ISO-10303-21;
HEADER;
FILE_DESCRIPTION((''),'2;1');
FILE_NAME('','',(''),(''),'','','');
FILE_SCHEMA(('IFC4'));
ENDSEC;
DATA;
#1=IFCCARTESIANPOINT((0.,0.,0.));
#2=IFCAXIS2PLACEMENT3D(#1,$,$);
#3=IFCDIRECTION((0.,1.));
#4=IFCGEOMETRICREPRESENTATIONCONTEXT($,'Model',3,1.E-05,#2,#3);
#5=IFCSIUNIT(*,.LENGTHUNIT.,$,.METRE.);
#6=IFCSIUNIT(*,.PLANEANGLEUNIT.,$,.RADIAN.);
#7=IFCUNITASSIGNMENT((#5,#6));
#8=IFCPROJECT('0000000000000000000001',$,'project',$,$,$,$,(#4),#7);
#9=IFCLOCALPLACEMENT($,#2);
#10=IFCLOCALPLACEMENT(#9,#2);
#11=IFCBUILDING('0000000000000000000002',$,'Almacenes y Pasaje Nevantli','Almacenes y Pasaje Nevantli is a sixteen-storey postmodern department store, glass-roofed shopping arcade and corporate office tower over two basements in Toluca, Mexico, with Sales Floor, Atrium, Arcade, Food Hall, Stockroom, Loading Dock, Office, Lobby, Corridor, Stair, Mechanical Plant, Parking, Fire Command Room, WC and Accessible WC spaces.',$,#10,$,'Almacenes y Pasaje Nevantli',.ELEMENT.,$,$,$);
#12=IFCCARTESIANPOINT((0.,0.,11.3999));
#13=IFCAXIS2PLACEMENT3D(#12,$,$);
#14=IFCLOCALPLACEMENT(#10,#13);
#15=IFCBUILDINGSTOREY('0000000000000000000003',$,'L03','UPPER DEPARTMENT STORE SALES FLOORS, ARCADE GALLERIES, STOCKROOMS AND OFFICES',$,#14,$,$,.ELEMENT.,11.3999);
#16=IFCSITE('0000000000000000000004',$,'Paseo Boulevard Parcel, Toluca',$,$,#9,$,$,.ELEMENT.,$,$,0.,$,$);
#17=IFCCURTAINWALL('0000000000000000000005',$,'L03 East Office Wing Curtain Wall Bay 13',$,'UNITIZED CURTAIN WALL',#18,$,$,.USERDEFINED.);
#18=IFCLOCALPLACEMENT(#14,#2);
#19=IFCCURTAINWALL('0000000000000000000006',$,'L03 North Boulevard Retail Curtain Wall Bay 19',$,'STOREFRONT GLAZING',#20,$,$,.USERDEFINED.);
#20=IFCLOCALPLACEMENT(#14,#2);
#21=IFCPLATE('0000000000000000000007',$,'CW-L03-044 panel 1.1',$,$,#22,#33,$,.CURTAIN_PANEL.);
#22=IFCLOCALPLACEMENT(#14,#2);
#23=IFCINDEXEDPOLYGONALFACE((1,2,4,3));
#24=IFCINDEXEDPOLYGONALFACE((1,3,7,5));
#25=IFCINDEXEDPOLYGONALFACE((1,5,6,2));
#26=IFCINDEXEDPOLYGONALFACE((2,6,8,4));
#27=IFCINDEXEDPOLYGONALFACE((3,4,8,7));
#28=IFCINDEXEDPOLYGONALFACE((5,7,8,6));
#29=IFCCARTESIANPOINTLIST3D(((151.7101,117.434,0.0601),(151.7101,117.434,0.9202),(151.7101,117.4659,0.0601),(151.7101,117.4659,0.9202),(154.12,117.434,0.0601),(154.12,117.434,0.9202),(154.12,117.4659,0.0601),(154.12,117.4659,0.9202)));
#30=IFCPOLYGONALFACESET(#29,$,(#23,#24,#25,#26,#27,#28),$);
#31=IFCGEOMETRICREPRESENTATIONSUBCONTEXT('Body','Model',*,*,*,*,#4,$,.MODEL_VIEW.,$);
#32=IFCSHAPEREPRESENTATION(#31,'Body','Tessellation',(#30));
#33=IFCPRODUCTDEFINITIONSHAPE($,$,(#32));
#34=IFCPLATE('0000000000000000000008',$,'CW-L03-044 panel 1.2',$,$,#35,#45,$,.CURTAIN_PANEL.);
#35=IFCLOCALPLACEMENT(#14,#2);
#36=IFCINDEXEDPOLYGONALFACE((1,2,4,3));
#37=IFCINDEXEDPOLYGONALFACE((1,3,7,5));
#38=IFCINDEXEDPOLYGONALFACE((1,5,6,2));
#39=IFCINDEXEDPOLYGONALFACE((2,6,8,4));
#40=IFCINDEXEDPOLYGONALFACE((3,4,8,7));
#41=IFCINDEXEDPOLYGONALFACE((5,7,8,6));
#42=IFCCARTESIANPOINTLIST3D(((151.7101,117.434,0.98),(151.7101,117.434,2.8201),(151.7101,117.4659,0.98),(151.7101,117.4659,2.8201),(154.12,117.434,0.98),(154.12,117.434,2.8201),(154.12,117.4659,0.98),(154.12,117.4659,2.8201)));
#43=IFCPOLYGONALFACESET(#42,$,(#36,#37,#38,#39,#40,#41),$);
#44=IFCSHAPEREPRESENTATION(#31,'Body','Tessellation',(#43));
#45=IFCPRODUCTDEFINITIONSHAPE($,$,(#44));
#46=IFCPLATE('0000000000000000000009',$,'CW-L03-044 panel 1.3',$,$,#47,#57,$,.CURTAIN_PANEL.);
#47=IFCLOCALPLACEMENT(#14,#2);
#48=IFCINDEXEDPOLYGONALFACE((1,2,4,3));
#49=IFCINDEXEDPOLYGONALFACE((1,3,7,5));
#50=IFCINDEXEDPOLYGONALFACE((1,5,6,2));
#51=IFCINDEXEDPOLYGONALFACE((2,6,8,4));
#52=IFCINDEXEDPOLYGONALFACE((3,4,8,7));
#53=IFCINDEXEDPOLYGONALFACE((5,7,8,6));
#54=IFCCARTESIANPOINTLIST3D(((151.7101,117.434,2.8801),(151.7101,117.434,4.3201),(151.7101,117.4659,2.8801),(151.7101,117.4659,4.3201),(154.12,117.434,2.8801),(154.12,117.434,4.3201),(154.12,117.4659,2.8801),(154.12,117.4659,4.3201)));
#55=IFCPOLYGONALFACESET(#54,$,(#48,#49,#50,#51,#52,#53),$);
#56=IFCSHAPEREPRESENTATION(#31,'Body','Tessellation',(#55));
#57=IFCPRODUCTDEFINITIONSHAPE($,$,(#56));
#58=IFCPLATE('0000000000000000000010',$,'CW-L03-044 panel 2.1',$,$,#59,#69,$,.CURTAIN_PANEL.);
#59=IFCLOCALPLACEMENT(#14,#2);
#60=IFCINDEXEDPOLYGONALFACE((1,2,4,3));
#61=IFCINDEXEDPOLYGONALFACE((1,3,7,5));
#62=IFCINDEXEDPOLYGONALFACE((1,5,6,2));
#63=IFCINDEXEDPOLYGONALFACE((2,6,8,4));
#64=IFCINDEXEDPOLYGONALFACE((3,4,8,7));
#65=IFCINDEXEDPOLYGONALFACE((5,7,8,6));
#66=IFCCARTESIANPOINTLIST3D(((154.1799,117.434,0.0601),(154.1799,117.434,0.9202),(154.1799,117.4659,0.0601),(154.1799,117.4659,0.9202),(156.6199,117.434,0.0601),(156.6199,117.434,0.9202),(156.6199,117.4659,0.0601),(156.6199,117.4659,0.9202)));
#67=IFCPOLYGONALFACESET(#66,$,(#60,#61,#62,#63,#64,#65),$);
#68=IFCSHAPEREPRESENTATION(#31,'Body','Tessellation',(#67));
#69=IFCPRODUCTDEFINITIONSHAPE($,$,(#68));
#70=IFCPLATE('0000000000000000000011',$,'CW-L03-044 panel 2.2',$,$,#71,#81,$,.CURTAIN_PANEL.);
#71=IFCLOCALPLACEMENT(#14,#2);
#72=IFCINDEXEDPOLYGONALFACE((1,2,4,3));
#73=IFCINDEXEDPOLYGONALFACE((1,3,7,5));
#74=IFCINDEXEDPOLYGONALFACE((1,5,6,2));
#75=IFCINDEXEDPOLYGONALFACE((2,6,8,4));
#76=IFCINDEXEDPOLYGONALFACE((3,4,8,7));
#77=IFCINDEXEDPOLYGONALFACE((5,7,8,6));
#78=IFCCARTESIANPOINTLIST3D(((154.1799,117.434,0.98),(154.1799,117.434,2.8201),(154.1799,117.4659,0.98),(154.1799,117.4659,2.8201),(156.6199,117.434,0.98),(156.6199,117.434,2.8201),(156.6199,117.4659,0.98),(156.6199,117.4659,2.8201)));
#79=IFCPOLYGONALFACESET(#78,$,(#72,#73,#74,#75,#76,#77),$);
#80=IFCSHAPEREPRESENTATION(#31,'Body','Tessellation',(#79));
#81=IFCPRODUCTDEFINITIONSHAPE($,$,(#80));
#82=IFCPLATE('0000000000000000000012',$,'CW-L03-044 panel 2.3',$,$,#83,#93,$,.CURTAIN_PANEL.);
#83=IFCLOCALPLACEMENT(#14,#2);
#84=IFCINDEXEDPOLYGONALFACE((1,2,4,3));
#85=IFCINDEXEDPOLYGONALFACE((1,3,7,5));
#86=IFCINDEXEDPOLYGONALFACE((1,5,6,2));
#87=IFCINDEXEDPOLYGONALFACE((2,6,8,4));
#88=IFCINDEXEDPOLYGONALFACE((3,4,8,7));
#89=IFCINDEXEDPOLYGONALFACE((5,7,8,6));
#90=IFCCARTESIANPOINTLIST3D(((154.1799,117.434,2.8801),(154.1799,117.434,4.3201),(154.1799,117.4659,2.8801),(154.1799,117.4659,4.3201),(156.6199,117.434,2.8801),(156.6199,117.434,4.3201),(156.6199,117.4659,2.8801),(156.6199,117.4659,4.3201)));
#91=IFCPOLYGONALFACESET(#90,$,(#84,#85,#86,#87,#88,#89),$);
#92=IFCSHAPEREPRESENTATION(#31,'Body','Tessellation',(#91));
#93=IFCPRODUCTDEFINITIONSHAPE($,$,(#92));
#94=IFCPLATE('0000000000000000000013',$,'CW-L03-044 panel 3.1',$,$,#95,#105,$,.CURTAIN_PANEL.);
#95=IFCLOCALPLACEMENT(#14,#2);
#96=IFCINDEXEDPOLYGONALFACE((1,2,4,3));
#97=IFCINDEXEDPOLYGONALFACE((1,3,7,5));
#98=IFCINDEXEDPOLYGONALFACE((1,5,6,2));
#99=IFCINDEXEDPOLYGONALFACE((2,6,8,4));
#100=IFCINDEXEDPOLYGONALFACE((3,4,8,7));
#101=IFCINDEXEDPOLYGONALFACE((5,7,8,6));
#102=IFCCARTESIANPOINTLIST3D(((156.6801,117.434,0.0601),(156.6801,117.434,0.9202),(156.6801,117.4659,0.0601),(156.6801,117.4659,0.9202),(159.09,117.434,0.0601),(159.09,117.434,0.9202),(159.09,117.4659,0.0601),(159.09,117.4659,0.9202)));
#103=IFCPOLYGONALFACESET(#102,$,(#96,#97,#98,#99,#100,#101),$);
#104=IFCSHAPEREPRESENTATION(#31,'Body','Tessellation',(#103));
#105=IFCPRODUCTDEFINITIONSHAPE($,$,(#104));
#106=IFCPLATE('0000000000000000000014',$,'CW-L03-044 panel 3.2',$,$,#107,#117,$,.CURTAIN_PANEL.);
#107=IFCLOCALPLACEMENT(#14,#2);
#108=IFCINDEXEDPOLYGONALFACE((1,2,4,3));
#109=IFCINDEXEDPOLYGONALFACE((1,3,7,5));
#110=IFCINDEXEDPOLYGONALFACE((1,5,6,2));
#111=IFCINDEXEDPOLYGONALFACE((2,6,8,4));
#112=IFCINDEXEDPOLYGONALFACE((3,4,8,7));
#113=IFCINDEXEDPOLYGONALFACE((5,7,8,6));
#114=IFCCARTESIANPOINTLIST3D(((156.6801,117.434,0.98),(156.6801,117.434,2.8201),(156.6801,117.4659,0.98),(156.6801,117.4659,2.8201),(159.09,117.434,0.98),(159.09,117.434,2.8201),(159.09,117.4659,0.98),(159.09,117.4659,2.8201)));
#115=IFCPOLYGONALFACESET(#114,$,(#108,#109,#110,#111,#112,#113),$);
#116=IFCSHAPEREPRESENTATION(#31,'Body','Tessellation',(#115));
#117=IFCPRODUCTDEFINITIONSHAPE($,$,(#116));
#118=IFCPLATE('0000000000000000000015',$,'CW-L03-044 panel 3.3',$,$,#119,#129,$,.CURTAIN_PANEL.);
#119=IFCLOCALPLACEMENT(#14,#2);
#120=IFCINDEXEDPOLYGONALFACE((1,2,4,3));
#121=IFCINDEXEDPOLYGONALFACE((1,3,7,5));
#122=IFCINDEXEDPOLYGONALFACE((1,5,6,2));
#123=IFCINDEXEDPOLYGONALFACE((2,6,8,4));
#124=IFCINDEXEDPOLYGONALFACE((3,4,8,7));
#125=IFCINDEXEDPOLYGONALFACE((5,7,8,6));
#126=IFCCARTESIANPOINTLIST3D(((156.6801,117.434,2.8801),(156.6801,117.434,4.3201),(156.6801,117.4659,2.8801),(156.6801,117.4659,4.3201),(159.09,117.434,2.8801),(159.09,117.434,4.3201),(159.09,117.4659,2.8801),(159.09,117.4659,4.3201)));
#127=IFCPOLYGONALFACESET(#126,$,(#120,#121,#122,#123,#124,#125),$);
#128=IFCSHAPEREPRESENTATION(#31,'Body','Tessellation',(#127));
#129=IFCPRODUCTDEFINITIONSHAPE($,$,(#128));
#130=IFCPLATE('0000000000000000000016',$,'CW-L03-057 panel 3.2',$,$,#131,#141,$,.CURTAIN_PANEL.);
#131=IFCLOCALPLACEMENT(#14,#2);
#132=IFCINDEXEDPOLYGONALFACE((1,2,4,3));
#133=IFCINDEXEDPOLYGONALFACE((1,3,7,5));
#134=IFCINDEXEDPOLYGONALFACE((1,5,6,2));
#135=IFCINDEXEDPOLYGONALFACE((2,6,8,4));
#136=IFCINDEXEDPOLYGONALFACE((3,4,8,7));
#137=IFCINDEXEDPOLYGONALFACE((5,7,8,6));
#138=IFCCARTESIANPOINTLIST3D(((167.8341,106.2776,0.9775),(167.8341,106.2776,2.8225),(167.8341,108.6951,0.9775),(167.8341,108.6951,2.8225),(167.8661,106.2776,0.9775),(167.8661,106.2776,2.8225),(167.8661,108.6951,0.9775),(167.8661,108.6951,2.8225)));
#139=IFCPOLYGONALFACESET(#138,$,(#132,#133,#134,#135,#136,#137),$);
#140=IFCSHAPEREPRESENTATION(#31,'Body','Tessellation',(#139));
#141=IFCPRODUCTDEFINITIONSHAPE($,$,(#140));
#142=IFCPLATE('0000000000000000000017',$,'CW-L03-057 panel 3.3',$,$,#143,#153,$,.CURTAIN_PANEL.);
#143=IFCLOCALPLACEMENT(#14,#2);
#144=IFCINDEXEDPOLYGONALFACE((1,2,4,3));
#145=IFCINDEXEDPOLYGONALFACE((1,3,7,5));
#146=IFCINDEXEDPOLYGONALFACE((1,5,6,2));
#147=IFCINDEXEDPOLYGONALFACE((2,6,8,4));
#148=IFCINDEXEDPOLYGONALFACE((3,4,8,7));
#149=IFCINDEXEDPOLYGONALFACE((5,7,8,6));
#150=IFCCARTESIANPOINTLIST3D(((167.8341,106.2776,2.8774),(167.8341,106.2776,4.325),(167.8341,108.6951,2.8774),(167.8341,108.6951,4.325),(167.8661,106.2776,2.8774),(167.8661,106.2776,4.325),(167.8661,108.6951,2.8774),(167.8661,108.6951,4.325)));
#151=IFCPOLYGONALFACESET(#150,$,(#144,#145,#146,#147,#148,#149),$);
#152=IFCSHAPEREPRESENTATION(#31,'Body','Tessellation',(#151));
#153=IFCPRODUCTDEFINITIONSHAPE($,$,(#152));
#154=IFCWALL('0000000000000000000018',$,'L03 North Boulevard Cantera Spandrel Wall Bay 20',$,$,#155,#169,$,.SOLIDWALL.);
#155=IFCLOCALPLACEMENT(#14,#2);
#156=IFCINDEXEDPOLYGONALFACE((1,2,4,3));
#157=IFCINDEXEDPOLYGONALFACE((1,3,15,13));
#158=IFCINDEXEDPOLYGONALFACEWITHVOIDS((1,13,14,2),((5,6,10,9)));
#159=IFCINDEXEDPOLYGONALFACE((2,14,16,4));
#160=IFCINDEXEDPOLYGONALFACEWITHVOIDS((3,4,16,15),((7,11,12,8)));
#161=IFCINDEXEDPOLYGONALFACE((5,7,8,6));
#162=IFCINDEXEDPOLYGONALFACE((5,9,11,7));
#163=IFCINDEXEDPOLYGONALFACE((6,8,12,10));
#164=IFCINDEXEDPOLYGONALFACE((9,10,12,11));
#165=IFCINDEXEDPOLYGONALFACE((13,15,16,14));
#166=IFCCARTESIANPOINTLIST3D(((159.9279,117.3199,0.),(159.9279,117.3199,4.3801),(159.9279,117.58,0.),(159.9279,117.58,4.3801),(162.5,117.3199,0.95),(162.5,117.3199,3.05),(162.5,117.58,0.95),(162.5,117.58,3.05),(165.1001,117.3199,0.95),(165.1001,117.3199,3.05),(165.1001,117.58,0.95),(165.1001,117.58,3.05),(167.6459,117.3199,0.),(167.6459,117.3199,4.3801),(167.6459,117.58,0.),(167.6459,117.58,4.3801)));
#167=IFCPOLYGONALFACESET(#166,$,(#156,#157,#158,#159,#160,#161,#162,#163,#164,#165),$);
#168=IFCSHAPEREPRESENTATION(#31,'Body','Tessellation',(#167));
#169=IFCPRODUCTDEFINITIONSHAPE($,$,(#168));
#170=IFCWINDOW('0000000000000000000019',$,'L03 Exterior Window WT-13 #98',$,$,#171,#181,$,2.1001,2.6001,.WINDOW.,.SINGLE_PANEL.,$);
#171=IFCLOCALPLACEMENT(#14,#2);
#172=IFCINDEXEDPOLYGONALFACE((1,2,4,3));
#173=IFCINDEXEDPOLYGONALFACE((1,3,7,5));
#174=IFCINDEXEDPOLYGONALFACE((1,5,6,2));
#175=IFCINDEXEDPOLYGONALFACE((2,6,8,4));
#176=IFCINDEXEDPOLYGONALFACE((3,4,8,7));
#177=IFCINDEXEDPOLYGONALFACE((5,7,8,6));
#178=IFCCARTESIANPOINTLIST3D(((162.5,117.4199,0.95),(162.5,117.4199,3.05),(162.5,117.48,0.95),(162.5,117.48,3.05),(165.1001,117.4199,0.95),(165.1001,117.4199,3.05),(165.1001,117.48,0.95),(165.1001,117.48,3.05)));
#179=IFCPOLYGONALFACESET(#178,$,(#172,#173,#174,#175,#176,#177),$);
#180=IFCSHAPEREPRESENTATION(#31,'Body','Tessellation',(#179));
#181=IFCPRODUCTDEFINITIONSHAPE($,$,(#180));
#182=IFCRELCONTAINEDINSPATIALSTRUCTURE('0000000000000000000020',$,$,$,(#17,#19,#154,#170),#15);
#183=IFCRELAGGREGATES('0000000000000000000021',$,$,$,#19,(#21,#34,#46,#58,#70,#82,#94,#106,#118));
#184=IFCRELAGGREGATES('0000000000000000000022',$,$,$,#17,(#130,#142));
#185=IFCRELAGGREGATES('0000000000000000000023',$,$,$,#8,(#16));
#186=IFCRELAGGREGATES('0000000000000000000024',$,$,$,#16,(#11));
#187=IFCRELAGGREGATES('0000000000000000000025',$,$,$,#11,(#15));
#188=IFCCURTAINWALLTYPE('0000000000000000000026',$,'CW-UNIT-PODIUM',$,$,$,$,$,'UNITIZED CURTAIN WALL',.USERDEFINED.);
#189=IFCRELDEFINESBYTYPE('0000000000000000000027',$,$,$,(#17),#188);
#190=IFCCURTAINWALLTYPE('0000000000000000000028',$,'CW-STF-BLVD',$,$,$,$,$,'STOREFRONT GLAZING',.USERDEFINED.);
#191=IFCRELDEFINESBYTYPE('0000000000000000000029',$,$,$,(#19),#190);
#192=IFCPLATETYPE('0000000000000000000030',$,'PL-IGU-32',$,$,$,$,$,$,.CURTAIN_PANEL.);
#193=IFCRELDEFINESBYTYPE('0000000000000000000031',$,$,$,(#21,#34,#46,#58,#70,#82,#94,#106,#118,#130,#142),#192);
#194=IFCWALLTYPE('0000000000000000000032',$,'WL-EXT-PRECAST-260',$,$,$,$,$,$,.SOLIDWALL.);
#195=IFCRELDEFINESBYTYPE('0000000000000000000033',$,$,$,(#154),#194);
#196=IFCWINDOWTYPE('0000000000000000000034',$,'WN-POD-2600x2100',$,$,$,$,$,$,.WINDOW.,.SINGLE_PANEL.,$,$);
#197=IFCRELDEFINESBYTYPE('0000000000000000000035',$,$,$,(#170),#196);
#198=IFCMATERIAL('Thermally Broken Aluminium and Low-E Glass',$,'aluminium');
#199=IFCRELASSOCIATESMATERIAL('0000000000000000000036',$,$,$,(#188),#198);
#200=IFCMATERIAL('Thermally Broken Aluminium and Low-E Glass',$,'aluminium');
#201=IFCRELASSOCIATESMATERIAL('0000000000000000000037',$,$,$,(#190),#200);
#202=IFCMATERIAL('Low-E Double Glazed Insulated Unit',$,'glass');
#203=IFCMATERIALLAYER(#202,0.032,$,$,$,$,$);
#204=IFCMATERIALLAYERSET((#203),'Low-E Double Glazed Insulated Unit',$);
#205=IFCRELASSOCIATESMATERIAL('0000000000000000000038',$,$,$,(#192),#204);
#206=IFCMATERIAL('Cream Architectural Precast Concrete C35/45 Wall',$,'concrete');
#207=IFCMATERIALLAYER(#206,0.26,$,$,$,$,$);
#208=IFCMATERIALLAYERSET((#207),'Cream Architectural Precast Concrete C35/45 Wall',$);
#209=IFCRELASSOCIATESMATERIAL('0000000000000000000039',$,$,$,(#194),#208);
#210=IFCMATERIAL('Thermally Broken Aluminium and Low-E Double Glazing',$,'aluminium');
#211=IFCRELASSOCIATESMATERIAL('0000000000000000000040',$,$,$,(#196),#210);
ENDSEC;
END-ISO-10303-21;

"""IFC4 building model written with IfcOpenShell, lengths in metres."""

from ifc_helpers import new_model, si_unit, direction, frame, frame_2d, origin, origin_2d, place, context, subcontext, project, spatial, rectangle, extrude, material, layer, layer_set, type_object, element, fill, aggregate, save


model = new_model("IFC4")

# Units and contexts
model_context = context("Model", 3, precision=1e-05, world=origin(), true_north=direction((0.0, 1.0)))
body_context = subcontext(model_context, "Body", "Model", "MODEL_VIEW")
ifc_project = project(units=[si_unit("LENGTHUNIT", "METRE"), si_unit("PLANEANGLEUNIT", "RADIAN")], contexts=[model_context])

# Site, building, storey
site_placement = place(None, origin())
site = spatial("IfcSite", under=ifc_project, at=site_placement, Name="Paseo Boulevard Parcel, Toluca", CompositionType="ELEMENT", RefElevation=0.0)
building_placement = place(site_placement, origin())
building = spatial("IfcBuilding", under=site, at=building_placement, Name="Almacenes y Pasaje Nevantli", Description="Almacenes y Pasaje Nevantli is a sixteen-storey postmodern department store, glass-roofed shopping arcade and corporate office tower over two basements in Toluca, Mexico, with Sales Floor, Atrium, Arcade, Food Hall, Stockroom, Loading Dock, Office, Lobby, Corridor, Stair, Mechanical Plant, Parking, Fire Command Room, WC and Accessible WC spaces.", LongName="Almacenes y Pasaje Nevantli", CompositionType="ELEMENT")
storey_placement = place(building_placement, frame((0.0, 0.0, 11.3999)))
storey = spatial("IfcBuildingStorey", under=building, at=storey_placement, Name="L03", Description="UPPER DEPARTMENT STORE SALES FLOORS, ARCADE GALLERIES, STOCKROOMS AND OFFICES", CompositionType="ELEMENT", Elevation=11.3999)

# Curtain wall
ifc_material_1 = material(Name="Thermally Broken Aluminium and Low-E Glass", Category="aluminium")
curtain_wall_type_1 = type_object("IfcCurtainWallType", Name="CW-UNIT-PODIUM", ElementType="UNITIZED CURTAIN WALL", PredefinedType="USERDEFINED", material=ifc_material_1)
curtain_wall_1_placement = place(storey_placement, origin())
curtain_wall_1 = element("IfcCurtainWall", 1, at=curtain_wall_1_placement, inside=storey, type_object=curtain_wall_type_1, Name="L03 East Office Wing Curtain Wall Bay 13", ObjectType="UNITIZED CURTAIN WALL", PredefinedType="USERDEFINED")

# Curtain wall, plates
ifc_material_2 = material(Name="Thermally Broken Aluminium and Low-E Glass", Category="aluminium")
curtain_wall_type_2 = type_object("IfcCurtainWallType", Name="CW-STF-BLVD", ElementType="STOREFRONT GLAZING", PredefinedType="USERDEFINED", material=ifc_material_2)
curtain_wall_2_placement = place(storey_placement, origin())
curtain_wall_2 = element("IfcCurtainWall", 2, at=curtain_wall_2_placement, inside=storey, type_object=curtain_wall_type_2, Name="L03 North Boulevard Retail Curtain Wall Bay 19", ObjectType="STOREFRONT GLAZING", PredefinedType="USERDEFINED")
ifc_material_3 = material(Name="Low-E Double Glazed Insulated Unit", Category="glass")
ifc_layer_1 = layer(ifc_material_3, 0.032)
ifc_layer_set_1 = layer_set([ifc_layer_1], Name="Low-E Double Glazed Insulated Unit")
plate_type = type_object("IfcPlateType", Name="PL-IGU-32", PredefinedType="CURTAIN_PANEL", material=ifc_layer_set_1)
plate_1_placement = place(storey_placement, frame((152.915, 117.45, 0.0601), z_axis=(0.0, 0.0, 1.0), x_axis=(1.0, 0.0, 0.0)))
plate_1 = element("IfcPlate", 3, at=plate_1_placement, type_object=plate_type, Name="CW-L03-044 panel 1.1", PredefinedType="CURTAIN_PANEL", context=body_context, shape_type="SweptSolid", body=[
    extrude(rectangle(XDim=2.4099, YDim=0.032, at=origin_2d()), origin(), (0.0, 0.0, 1.0), 0.8601),
])
plate_2_placement = place(storey_placement, frame((152.915, 117.45, 0.98), z_axis=(0.0, 0.0, 1.0), x_axis=(1.0, 0.0, 0.0)))
plate_2 = element("IfcPlate", 4, at=plate_2_placement, type_object=plate_type, Name="CW-L03-044 panel 1.2", PredefinedType="CURTAIN_PANEL", context=body_context, shape_type="SweptSolid", body=[
    extrude(rectangle(XDim=2.4099, YDim=0.032, at=origin_2d()), origin(), (0.0, 0.0, 1.0), 1.8401),
])
plate_3_placement = place(storey_placement, frame((152.915, 117.45, 2.8801), z_axis=(0.0, 0.0, 1.0), x_axis=(1.0, 0.0, 0.0)))
plate_3 = element("IfcPlate", 5, at=plate_3_placement, type_object=plate_type, Name="CW-L03-044 panel 1.3", PredefinedType="CURTAIN_PANEL", context=body_context, shape_type="SweptSolid", body=[
    extrude(rectangle(XDim=2.4099, YDim=0.032, at=origin_2d()), origin(), (0.0, 0.0, 1.0), 1.4399),
])
plate_4_placement = place(storey_placement, frame((155.3999, 117.45, 0.0601), z_axis=(0.0, 0.0, 1.0), x_axis=(1.0, 0.0, 0.0)))
plate_4 = element("IfcPlate", 6, at=plate_4_placement, type_object=plate_type, Name="CW-L03-044 panel 2.1", PredefinedType="CURTAIN_PANEL", context=body_context, shape_type="SweptSolid", body=[
    extrude(rectangle(XDim=2.4399, YDim=0.032, at=origin_2d()), origin(), (0.0, 0.0, 1.0), 0.8601),
])
plate_5_placement = place(storey_placement, frame((155.3999, 117.45, 0.98), z_axis=(0.0, 0.0, 1.0), x_axis=(1.0, 0.0, 0.0)))
plate_5 = element("IfcPlate", 7, at=plate_5_placement, type_object=plate_type, Name="CW-L03-044 panel 2.2", PredefinedType="CURTAIN_PANEL", context=body_context, shape_type="SweptSolid", body=[
    extrude(rectangle(XDim=2.4399, YDim=0.032, at=origin_2d()), origin(), (0.0, 0.0, 1.0), 1.8401),
])
plate_6_placement = place(storey_placement, frame((155.3999, 117.45, 2.8801), z_axis=(0.0, 0.0, 1.0), x_axis=(1.0, 0.0, 0.0)))
plate_6 = element("IfcPlate", 8, at=plate_6_placement, type_object=plate_type, Name="CW-L03-044 panel 2.3", PredefinedType="CURTAIN_PANEL", context=body_context, shape_type="SweptSolid", body=[
    extrude(rectangle(XDim=2.4399, YDim=0.032, at=origin_2d()), origin(), (0.0, 0.0, 1.0), 1.4399),
])
plate_7_placement = place(storey_placement, frame((157.885, 117.45, 0.0601), z_axis=(0.0, 0.0, 1.0), x_axis=(1.0, 0.0, 0.0)))
plate_7 = element("IfcPlate", 9, at=plate_7_placement, type_object=plate_type, Name="CW-L03-044 panel 3.1", PredefinedType="CURTAIN_PANEL", context=body_context, shape_type="SweptSolid", body=[
    extrude(rectangle(XDim=2.4099, YDim=0.032, at=origin_2d()), origin(), (0.0, 0.0, 1.0), 0.8601),
])
plate_8_placement = place(storey_placement, frame((157.885, 117.45, 0.98), z_axis=(0.0, 0.0, 1.0), x_axis=(1.0, 0.0, 0.0)))
plate_8 = element("IfcPlate", 10, at=plate_8_placement, type_object=plate_type, Name="CW-L03-044 panel 3.2", PredefinedType="CURTAIN_PANEL", context=body_context, shape_type="SweptSolid", body=[
    extrude(rectangle(XDim=2.4099, YDim=0.032, at=origin_2d()), origin(), (0.0, 0.0, 1.0), 1.8401),
])
plate_9_placement = place(storey_placement, frame((157.885, 117.45, 2.8801), z_axis=(0.0, 0.0, 1.0), x_axis=(1.0, 0.0, 0.0)))
plate_9 = element("IfcPlate", 11, at=plate_9_placement, type_object=plate_type, Name="CW-L03-044 panel 3.3", PredefinedType="CURTAIN_PANEL", context=body_context, shape_type="SweptSolid", body=[
    extrude(rectangle(XDim=2.4099, YDim=0.032, at=origin_2d()), origin(), (0.0, 0.0, 1.0), 1.4399),
])
aggregate(curtain_wall_2, [plate_1, plate_2, plate_3, plate_4, plate_5, plate_6, plate_7, plate_8, plate_9])

# Plates
plate_10_placement = place(storey_placement, frame((167.8501, 107.4863, 0.9775), z_axis=(0.0, 0.0, 1.0), x_axis=(0.0, 1.0, 0.0)))
plate_10 = element("IfcPlate", 12, at=plate_10_placement, type_object=plate_type, Name="CW-L03-057 panel 3.2", PredefinedType="CURTAIN_PANEL", context=body_context, shape_type="SweptSolid", body=[
    extrude(rectangle(XDim=2.4175, YDim=0.032, at=origin_2d()), origin(), (0.0, 0.0, 1.0), 1.845),
])
plate_11_placement = place(storey_placement, frame((167.8501, 107.4863, 2.8774), z_axis=(0.0, 0.0, 1.0), x_axis=(0.0, 1.0, 0.0)))
plate_11 = element("IfcPlate", 13, at=plate_11_placement, type_object=plate_type, Name="CW-L03-057 panel 3.3", PredefinedType="CURTAIN_PANEL", context=body_context, shape_type="SweptSolid", body=[
    extrude(rectangle(XDim=2.4175, YDim=0.032, at=origin_2d()), origin(), (0.0, 0.0, 1.0), 1.4475),
])
aggregate(curtain_wall_1, [plate_10, plate_11])

# Wall, opening, window
ifc_material_4 = material(Name="Cream Architectural Precast Concrete C35/45 Wall", Category="concrete")
ifc_layer_2 = layer(ifc_material_4, 0.26)
ifc_layer_set_2 = layer_set([ifc_layer_2], Name="Cream Architectural Precast Concrete C35/45 Wall")
wall_type = type_object("IfcWallType", Name="WL-EXT-PRECAST-260", PredefinedType="SOLIDWALL", material=ifc_layer_set_2)
wall_1_placement = place(storey_placement, frame((159.928, 117.45, 0.0), z_axis=(0.0, 0.0, 1.0), x_axis=(1.0, 0.0, 0.0)))
wall_1 = element("IfcWall", 14, at=wall_1_placement, inside=storey, type_object=wall_type, Name="L03 North Boulevard Cantera Spandrel Wall Bay 20", PredefinedType="SOLIDWALL", context=body_context, shape_type="SweptSolid", body=[
    extrude(rectangle(XDim=7.718, YDim=0.26, at=frame_2d((3.8589, 0.0))), origin(), (0.0, 0.0, 1.0), 4.3801),
])
opening_1_placement = place(wall_1_placement, frame((2.572, 0.0, 0.95)))
opening_1 = element("IfcOpeningElement", 15, at=opening_1_placement, cuts=wall_1, PredefinedType="OPENING", context=body_context, shape_type="SweptSolid", body=[
    extrude(rectangle(XDim=2.6001, YDim=2.1001, at=frame_2d((1.3, 1.05))), frame((0.0, 0.1399, 0.0), z_axis=(0.0, -1.0, 0.0), x_axis=(1.0, 0.0, 0.0)), (0.0, 0.0, 1.0), 0.28),
])
ifc_material_5 = material(Name="Thermally Broken Aluminium and Low-E Double Glazing", Category="aluminium")
window_type = type_object("IfcWindowType", Name="WN-POD-2600x2100", PartitioningType="SINGLE_PANEL", PredefinedType="WINDOW", material=ifc_material_5)
window_1_placement = place(opening_1_placement, origin())
window_1 = element("IfcWindow", 16, at=window_1_placement, inside=storey, type_object=window_type, Name="L03 Exterior Window WT-13 #98", OverallHeight=2.1001, OverallWidth=2.6001, PartitioningType="SINGLE_PANEL", PredefinedType="WINDOW", context=body_context, shape_type="SweptSolid", body=[
    extrude(rectangle(XDim=2.6001, YDim=2.1001, at=frame_2d((1.3, 1.05))), frame((0.0, 0.03, 0.0), z_axis=(0.0, -1.0, 0.0), x_axis=(1.0, 0.0, 0.0)), (0.0, 0.0, 1.0), 0.0601),
])
fill(opening_1, window_1)

save(model, "model.ifc")
